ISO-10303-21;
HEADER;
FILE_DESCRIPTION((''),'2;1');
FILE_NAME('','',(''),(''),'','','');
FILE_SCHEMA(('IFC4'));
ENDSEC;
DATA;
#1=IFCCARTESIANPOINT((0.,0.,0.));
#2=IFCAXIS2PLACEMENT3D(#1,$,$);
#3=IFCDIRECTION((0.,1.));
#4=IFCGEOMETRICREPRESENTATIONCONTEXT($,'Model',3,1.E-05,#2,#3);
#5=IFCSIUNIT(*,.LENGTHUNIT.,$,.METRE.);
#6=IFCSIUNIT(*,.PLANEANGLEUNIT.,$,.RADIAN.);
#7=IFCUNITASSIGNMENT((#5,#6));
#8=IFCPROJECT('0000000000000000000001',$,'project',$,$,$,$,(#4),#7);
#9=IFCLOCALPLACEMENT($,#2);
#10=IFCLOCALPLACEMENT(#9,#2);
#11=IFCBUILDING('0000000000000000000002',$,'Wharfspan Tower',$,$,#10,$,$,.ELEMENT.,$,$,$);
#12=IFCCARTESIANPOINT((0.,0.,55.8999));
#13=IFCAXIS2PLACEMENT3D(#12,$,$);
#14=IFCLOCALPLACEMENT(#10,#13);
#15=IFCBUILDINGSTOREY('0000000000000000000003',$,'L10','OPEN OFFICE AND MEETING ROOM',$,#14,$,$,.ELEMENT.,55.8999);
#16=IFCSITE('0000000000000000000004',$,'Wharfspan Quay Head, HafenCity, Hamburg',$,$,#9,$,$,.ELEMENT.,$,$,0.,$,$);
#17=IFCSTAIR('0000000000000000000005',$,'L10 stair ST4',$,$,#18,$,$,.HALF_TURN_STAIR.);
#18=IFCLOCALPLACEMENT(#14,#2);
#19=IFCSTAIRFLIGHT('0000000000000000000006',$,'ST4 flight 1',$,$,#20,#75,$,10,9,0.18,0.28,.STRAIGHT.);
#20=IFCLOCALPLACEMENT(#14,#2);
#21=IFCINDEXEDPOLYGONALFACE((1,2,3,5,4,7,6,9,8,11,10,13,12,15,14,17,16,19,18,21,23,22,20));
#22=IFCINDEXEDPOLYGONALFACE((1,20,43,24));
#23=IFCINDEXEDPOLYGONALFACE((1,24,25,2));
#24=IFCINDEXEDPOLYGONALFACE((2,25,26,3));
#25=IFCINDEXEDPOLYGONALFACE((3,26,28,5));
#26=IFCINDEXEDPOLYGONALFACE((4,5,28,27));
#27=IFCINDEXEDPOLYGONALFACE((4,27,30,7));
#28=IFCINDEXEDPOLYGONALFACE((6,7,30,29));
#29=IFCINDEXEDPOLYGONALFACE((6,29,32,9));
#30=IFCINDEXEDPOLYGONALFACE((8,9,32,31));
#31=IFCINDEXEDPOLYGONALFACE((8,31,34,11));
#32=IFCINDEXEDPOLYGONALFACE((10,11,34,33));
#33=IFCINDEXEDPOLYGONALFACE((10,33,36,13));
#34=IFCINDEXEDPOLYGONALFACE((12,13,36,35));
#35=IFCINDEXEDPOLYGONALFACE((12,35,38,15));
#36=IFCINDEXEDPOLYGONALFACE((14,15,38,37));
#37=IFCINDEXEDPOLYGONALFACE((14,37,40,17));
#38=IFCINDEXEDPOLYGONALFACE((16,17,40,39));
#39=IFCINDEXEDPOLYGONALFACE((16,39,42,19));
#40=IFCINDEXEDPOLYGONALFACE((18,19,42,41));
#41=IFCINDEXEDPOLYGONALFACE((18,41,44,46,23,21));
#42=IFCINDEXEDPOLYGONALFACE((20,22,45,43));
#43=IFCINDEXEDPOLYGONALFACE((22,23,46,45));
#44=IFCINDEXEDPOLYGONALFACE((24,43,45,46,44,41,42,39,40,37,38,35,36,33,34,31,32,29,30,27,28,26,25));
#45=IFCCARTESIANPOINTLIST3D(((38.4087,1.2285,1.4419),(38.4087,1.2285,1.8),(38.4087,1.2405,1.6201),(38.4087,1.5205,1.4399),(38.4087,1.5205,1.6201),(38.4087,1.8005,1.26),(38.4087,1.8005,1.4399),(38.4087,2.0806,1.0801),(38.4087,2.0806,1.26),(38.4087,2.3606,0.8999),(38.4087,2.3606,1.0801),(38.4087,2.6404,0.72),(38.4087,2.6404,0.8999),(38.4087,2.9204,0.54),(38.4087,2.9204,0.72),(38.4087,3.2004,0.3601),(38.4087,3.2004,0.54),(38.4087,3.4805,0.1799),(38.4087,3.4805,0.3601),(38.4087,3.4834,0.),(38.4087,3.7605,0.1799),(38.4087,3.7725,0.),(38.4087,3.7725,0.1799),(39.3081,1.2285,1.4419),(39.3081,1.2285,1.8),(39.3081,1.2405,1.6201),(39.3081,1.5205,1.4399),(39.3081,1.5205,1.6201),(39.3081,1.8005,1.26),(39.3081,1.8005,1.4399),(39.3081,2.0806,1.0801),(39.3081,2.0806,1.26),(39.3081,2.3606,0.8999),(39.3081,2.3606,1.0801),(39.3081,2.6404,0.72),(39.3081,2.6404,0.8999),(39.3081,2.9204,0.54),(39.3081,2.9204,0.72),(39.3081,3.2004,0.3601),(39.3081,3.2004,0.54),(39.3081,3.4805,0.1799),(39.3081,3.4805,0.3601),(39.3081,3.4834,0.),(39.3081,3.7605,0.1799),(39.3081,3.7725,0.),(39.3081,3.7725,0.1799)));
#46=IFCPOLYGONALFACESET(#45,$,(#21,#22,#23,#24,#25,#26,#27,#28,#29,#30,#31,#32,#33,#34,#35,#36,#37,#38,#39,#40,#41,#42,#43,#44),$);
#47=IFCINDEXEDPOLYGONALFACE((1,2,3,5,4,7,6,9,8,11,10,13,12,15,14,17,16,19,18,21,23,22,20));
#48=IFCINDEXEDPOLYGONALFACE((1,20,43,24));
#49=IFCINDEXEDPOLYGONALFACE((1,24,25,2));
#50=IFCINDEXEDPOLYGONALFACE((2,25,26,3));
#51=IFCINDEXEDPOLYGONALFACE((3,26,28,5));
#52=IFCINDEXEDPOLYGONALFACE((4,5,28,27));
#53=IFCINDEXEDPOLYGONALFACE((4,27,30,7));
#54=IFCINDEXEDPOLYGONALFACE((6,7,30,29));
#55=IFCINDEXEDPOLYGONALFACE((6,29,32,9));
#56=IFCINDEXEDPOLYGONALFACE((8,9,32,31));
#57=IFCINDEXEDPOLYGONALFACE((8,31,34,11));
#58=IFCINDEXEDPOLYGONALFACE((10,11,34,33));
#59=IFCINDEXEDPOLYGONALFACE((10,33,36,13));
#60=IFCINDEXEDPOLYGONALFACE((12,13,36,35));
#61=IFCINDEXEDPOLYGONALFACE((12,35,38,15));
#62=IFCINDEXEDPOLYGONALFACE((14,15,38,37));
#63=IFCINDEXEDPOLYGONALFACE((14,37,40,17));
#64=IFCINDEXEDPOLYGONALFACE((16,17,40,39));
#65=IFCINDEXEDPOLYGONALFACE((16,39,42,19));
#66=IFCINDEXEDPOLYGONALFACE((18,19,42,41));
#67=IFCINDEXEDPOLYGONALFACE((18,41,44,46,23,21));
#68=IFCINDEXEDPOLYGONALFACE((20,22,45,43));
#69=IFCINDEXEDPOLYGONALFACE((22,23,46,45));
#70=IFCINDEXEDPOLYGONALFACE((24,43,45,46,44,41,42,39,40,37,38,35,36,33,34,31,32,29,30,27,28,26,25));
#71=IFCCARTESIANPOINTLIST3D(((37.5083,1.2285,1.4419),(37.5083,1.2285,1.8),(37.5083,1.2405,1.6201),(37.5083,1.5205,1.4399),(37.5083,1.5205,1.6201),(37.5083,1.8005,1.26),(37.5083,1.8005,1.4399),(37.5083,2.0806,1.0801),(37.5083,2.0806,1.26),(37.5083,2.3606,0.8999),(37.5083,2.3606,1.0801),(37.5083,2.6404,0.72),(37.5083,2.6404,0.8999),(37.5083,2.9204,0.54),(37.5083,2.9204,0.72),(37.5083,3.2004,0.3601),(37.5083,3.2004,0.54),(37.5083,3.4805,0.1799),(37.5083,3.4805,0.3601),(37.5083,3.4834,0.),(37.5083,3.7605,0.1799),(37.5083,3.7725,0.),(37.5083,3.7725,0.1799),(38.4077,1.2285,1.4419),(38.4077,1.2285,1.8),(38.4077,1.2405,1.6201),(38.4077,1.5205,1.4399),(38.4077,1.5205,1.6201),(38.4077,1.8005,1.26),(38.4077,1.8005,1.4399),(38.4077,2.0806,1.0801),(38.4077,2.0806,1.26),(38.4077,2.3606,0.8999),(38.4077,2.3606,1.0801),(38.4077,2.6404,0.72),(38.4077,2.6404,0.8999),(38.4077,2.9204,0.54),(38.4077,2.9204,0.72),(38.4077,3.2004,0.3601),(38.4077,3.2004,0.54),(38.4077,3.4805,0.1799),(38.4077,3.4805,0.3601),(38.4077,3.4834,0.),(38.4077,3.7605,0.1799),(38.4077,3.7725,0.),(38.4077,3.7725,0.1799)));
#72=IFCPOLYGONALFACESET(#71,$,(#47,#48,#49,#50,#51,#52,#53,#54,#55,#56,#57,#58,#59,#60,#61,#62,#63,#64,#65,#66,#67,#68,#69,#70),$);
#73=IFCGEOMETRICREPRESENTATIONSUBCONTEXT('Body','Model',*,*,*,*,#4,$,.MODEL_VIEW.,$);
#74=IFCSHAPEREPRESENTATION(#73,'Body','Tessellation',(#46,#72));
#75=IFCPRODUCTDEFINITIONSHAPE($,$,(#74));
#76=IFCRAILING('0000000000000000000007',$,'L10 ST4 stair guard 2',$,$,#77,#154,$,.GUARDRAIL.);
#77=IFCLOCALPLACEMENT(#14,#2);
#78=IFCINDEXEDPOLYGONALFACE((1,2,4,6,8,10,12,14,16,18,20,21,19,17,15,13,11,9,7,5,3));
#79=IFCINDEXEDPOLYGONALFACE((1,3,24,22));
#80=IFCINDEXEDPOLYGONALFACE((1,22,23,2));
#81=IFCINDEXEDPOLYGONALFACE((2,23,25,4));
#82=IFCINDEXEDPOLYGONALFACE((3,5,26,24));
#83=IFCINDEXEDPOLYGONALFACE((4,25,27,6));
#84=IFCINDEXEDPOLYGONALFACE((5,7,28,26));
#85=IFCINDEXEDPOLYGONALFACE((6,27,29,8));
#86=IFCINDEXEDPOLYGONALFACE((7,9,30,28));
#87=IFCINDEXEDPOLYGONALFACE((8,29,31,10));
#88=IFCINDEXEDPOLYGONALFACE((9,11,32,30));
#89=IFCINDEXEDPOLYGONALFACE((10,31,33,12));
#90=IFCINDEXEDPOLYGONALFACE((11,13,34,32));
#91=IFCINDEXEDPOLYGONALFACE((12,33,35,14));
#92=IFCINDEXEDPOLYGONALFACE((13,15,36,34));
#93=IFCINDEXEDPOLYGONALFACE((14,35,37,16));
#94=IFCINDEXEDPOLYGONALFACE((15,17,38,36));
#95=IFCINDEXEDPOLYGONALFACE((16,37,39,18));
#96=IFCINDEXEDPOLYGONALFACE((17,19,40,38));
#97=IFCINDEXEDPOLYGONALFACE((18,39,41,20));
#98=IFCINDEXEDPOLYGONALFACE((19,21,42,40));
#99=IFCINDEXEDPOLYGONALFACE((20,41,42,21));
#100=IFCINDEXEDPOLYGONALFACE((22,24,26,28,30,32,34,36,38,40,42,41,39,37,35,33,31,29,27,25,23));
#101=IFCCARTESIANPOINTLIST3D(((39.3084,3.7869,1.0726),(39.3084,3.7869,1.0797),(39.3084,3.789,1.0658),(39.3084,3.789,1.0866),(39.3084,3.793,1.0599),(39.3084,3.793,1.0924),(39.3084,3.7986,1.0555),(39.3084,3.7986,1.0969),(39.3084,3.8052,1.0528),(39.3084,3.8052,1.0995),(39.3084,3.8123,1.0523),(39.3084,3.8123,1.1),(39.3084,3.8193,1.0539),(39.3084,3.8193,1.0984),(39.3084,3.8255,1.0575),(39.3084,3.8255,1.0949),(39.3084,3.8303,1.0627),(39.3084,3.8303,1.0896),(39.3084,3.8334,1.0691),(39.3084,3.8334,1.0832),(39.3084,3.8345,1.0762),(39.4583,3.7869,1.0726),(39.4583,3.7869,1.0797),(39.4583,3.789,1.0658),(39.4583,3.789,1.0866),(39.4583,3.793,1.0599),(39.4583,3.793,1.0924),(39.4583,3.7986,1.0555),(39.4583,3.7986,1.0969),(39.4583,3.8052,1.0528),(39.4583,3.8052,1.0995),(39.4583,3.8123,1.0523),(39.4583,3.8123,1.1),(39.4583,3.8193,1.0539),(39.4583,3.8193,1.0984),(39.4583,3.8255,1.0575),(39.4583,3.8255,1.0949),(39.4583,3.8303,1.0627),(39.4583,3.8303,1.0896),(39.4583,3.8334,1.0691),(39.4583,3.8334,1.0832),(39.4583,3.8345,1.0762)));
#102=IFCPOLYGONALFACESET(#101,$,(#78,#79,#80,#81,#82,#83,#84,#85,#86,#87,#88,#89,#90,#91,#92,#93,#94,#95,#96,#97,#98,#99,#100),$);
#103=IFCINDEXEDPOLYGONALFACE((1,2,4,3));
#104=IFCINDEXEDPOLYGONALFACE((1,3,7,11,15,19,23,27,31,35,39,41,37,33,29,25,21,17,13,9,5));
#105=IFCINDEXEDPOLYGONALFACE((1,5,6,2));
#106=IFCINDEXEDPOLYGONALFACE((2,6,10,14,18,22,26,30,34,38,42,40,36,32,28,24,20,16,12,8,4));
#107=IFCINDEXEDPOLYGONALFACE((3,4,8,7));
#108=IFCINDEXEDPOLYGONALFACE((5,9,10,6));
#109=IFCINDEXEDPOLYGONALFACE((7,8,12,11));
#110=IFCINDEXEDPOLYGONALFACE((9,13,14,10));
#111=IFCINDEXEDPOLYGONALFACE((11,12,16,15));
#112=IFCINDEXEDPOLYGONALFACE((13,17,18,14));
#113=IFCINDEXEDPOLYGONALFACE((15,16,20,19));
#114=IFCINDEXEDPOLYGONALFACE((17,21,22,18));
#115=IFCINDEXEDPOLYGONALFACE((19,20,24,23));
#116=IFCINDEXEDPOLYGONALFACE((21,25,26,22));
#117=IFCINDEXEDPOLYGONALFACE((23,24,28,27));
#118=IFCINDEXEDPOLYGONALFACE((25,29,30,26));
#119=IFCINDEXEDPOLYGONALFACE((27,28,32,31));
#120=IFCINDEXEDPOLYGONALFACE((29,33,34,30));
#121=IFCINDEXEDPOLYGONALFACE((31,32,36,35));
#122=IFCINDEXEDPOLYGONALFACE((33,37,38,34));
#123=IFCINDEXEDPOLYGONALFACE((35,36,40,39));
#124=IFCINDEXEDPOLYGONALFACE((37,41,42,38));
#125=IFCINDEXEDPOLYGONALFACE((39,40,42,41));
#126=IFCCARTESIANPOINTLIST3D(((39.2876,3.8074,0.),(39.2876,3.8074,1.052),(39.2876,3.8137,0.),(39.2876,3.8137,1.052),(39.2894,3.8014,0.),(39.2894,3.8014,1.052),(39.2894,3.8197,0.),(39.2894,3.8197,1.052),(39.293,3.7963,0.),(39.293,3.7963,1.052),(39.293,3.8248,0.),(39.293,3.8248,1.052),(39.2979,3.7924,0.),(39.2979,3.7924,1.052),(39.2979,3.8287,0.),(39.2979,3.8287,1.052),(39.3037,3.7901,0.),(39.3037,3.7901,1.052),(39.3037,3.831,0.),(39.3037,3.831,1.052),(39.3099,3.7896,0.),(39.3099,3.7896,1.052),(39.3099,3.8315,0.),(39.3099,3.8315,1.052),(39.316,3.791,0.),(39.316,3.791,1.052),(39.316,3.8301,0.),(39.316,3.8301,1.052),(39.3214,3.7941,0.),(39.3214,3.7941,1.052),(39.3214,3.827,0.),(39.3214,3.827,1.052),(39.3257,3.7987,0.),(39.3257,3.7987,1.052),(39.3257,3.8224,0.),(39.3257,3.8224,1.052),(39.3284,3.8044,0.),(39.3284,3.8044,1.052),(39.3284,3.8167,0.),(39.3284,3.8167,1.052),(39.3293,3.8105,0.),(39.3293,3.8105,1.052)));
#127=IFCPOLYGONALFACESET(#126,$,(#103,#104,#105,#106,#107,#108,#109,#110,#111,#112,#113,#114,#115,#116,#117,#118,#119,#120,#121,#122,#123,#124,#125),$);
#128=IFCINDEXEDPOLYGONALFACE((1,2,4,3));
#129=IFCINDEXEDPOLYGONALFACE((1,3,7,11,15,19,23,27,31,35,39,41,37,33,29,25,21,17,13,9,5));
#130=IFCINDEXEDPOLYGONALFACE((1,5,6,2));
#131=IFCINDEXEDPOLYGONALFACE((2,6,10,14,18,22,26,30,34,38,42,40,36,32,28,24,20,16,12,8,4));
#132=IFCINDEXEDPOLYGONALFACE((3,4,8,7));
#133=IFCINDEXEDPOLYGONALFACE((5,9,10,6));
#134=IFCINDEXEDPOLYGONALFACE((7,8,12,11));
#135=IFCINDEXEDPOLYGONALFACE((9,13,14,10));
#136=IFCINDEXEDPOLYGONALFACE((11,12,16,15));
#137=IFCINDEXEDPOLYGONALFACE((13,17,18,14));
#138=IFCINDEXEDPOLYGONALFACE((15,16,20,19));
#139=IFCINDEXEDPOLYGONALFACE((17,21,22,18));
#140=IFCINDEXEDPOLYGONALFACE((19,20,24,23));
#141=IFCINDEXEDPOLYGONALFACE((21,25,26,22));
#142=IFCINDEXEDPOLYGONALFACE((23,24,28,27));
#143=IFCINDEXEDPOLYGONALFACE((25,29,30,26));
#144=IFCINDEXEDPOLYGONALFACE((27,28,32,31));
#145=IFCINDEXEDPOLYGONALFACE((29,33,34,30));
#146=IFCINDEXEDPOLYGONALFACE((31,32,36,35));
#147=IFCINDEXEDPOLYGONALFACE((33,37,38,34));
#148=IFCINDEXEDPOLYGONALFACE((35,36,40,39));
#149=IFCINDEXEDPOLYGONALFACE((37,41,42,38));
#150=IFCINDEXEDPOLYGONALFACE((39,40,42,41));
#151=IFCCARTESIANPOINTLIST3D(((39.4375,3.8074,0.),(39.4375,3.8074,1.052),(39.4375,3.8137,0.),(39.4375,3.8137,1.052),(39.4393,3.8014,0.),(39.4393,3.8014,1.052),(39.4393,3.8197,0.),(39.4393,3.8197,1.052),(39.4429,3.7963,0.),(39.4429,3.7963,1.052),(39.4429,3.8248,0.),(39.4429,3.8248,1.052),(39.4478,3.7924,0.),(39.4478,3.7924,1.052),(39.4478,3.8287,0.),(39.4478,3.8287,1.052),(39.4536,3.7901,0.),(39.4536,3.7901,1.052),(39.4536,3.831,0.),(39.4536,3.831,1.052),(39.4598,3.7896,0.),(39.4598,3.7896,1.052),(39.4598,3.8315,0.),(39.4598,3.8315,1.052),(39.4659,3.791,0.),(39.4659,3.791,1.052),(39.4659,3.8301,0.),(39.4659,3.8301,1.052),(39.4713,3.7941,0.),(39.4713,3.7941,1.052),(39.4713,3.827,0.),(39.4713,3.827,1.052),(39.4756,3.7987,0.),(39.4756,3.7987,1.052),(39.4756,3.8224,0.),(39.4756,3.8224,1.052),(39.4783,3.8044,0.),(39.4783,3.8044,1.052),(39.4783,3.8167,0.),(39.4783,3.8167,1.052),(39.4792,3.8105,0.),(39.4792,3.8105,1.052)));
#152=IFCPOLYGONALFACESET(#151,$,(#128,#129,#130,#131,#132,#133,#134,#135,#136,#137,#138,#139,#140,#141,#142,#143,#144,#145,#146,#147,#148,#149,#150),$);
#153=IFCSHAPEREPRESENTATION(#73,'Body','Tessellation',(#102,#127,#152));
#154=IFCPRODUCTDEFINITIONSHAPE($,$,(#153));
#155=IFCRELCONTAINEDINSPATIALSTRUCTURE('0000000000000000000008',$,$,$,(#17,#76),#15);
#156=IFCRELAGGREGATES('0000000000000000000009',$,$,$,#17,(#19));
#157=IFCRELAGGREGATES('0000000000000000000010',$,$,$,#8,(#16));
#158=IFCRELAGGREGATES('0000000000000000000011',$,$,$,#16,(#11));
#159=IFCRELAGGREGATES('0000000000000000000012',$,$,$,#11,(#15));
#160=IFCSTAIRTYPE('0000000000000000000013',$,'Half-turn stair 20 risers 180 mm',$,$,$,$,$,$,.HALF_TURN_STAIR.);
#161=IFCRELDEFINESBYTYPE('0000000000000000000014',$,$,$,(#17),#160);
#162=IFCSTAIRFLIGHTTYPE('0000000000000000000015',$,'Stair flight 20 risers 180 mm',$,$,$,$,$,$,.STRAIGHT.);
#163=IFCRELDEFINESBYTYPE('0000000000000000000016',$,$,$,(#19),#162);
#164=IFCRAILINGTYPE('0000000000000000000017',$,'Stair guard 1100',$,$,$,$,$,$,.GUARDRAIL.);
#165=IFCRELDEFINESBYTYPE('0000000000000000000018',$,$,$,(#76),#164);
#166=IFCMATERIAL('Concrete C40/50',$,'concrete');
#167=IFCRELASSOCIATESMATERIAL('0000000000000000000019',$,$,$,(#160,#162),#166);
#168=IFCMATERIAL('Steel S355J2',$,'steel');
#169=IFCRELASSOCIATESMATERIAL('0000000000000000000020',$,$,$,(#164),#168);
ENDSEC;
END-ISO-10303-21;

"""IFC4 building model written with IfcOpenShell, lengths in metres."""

from ifc_helpers import new_model, si_unit, direction, frame, origin, origin_2d, place, context, subcontext, project, spatial, polyline, circle, outline, extrude, material, type_object, element, aggregate, save


model = new_model("IFC4")

# Units and contexts
model_context = context("Model", 3, precision=1e-05, world=origin(), true_north=direction((0.0, 1.0)))
body_context = subcontext(model_context, "Body", "Model", "MODEL_VIEW")
ifc_project = project(units=[si_unit("LENGTHUNIT", "METRE"), si_unit("PLANEANGLEUNIT", "RADIAN")], contexts=[model_context])

# Site, building, storey
site_placement = place(None, origin())
site = spatial("IfcSite", under=ifc_project, at=site_placement, Name="Wharfspan Quay Head, HafenCity, Hamburg", CompositionType="ELEMENT", RefElevation=0.0)
building_placement = place(site_placement, origin())
building = spatial("IfcBuilding", under=site, at=building_placement, Name="Wharfspan Tower", CompositionType="ELEMENT")
storey_placement = place(building_placement, frame((0.0, 0.0, 55.8999)))
storey = spatial("IfcBuildingStorey", under=building, at=storey_placement, Name="L10", Description="OPEN OFFICE AND MEETING ROOM", CompositionType="ELEMENT", Elevation=55.8999)

# Shared definitions
ifc_material_1 = material(Name="Steel S355J2", Category="steel")

# Shared definitions
ifc_material_2 = material(Name="Concrete C40/50", Category="concrete")

# Stair, stair flight
stair_type = type_object("IfcStairType", Name="Half-turn stair 20 risers 180 mm", PredefinedType="HALF_TURN_STAIR", material=ifc_material_2)
stair_placement = place(storey_placement, origin())
stair = element("IfcStair", 1, at=stair_placement, inside=storey, type_object=stair_type, Name="L10 stair ST4", PredefinedType="HALF_TURN_STAIR")
stair_flight_type = type_object("IfcStairFlightType", Name="Stair flight 20 risers 180 mm", PredefinedType="STRAIGHT", material=ifc_material_2)
stair_flight_placement = place(storey_placement, frame((38.4082, 3.7605, 0.0), z_axis=(0.0, 0.0, 1.0), x_axis=(0.0, -1.0, 0.0)))
stair_flight = element("IfcStairFlight", 2, at=stair_flight_placement, type_object=stair_flight_type, Name="ST4 flight 1", NumberOfRisers=10, NumberOfTreads=9, PredefinedType="STRAIGHT", RiserHeight=0.18, TreadLength=0.28, context=body_context, shape_type="SweptSolid", body=[
    extrude(outline(polyline([(-0.012, 0.0), (-0.012, 0.1799), (0.0, 0.1799), (0.28, 0.1799), (0.28, 0.3601), (0.5601, 0.3601), (0.5601, 0.54), (0.8401, 0.54), (0.8401, 0.72), (1.1201, 0.72), (1.1201, 0.8999), (1.3999, 0.8999), (1.3999, 1.0801), (1.6799, 1.0801), (1.6799, 1.26), (1.96, 1.26), (1.96, 1.4399), (2.24, 1.4399), (2.24, 1.6201), (2.52, 1.6201), (2.532, 1.8), (2.532, 1.4419), (0.2771, 0.0), (-0.012, 0.0)])), frame((0.0, 0.8999, 0.0), z_axis=(0.0, -1.0, 0.0), x_axis=(1.0, 0.0, 0.0)), (0.0, 0.0, 1.0), 0.8994),
    extrude(outline(polyline([(-0.012, 0.0), (-0.012, 0.1799), (0.0, 0.1799), (0.28, 0.1799), (0.28, 0.3601), (0.5601, 0.3601), (0.5601, 0.54), (0.8401, 0.54), (0.8401, 0.72), (1.1201, 0.72), (1.1201, 0.8999), (1.3999, 0.8999), (1.3999, 1.0801), (1.6799, 1.0801), (1.6799, 1.26), (1.96, 1.26), (1.96, 1.4399), (2.24, 1.4399), (2.24, 1.6201), (2.52, 1.6201), (2.532, 1.8), (2.532, 1.4419), (0.2771, 0.0), (-0.012, 0.0)])), frame((0.0, -0.0005, 0.0), z_axis=(0.0, -1.0, 0.0), x_axis=(1.0, 0.0, 0.0)), (0.0, 0.0, 1.0), 0.8994),
])
aggregate(stair, [stair_flight])

# Railing
railing_type_1 = type_object("IfcRailingType", Name="Stair guard 1100", PredefinedType="GUARDRAIL", material=ifc_material_1)
railing_1_placement = place(storey_placement, frame((39.3083, 3.8105, 0.0)))
element("IfcRailing", 3, at=railing_1_placement, inside=storey, type_object=railing_type_1, Name="L10 ST4 stair guard 2", PredefinedType="GUARDRAIL", context=body_context, shape_type="SweptSolid", body=[
    extrude(circle(Radius=0.0239, at=origin_2d()), frame((0.0, 0.0, 1.0762), z_axis=(1.0, 0.0, 0.0), x_axis=(0.0, 1.0, 0.0)), (0.0, 0.0, 1.0), 0.1499),
    extrude(circle(Radius=0.021, at=origin_2d()), origin(), (0.0, 0.0, 1.0), 1.052),
    extrude(circle(Radius=0.021, at=origin_2d()), frame((0.1499, 0.0, 0.0)), (0.0, 0.0, 1.0), 1.052),
])

save(model, "model.ifc")
